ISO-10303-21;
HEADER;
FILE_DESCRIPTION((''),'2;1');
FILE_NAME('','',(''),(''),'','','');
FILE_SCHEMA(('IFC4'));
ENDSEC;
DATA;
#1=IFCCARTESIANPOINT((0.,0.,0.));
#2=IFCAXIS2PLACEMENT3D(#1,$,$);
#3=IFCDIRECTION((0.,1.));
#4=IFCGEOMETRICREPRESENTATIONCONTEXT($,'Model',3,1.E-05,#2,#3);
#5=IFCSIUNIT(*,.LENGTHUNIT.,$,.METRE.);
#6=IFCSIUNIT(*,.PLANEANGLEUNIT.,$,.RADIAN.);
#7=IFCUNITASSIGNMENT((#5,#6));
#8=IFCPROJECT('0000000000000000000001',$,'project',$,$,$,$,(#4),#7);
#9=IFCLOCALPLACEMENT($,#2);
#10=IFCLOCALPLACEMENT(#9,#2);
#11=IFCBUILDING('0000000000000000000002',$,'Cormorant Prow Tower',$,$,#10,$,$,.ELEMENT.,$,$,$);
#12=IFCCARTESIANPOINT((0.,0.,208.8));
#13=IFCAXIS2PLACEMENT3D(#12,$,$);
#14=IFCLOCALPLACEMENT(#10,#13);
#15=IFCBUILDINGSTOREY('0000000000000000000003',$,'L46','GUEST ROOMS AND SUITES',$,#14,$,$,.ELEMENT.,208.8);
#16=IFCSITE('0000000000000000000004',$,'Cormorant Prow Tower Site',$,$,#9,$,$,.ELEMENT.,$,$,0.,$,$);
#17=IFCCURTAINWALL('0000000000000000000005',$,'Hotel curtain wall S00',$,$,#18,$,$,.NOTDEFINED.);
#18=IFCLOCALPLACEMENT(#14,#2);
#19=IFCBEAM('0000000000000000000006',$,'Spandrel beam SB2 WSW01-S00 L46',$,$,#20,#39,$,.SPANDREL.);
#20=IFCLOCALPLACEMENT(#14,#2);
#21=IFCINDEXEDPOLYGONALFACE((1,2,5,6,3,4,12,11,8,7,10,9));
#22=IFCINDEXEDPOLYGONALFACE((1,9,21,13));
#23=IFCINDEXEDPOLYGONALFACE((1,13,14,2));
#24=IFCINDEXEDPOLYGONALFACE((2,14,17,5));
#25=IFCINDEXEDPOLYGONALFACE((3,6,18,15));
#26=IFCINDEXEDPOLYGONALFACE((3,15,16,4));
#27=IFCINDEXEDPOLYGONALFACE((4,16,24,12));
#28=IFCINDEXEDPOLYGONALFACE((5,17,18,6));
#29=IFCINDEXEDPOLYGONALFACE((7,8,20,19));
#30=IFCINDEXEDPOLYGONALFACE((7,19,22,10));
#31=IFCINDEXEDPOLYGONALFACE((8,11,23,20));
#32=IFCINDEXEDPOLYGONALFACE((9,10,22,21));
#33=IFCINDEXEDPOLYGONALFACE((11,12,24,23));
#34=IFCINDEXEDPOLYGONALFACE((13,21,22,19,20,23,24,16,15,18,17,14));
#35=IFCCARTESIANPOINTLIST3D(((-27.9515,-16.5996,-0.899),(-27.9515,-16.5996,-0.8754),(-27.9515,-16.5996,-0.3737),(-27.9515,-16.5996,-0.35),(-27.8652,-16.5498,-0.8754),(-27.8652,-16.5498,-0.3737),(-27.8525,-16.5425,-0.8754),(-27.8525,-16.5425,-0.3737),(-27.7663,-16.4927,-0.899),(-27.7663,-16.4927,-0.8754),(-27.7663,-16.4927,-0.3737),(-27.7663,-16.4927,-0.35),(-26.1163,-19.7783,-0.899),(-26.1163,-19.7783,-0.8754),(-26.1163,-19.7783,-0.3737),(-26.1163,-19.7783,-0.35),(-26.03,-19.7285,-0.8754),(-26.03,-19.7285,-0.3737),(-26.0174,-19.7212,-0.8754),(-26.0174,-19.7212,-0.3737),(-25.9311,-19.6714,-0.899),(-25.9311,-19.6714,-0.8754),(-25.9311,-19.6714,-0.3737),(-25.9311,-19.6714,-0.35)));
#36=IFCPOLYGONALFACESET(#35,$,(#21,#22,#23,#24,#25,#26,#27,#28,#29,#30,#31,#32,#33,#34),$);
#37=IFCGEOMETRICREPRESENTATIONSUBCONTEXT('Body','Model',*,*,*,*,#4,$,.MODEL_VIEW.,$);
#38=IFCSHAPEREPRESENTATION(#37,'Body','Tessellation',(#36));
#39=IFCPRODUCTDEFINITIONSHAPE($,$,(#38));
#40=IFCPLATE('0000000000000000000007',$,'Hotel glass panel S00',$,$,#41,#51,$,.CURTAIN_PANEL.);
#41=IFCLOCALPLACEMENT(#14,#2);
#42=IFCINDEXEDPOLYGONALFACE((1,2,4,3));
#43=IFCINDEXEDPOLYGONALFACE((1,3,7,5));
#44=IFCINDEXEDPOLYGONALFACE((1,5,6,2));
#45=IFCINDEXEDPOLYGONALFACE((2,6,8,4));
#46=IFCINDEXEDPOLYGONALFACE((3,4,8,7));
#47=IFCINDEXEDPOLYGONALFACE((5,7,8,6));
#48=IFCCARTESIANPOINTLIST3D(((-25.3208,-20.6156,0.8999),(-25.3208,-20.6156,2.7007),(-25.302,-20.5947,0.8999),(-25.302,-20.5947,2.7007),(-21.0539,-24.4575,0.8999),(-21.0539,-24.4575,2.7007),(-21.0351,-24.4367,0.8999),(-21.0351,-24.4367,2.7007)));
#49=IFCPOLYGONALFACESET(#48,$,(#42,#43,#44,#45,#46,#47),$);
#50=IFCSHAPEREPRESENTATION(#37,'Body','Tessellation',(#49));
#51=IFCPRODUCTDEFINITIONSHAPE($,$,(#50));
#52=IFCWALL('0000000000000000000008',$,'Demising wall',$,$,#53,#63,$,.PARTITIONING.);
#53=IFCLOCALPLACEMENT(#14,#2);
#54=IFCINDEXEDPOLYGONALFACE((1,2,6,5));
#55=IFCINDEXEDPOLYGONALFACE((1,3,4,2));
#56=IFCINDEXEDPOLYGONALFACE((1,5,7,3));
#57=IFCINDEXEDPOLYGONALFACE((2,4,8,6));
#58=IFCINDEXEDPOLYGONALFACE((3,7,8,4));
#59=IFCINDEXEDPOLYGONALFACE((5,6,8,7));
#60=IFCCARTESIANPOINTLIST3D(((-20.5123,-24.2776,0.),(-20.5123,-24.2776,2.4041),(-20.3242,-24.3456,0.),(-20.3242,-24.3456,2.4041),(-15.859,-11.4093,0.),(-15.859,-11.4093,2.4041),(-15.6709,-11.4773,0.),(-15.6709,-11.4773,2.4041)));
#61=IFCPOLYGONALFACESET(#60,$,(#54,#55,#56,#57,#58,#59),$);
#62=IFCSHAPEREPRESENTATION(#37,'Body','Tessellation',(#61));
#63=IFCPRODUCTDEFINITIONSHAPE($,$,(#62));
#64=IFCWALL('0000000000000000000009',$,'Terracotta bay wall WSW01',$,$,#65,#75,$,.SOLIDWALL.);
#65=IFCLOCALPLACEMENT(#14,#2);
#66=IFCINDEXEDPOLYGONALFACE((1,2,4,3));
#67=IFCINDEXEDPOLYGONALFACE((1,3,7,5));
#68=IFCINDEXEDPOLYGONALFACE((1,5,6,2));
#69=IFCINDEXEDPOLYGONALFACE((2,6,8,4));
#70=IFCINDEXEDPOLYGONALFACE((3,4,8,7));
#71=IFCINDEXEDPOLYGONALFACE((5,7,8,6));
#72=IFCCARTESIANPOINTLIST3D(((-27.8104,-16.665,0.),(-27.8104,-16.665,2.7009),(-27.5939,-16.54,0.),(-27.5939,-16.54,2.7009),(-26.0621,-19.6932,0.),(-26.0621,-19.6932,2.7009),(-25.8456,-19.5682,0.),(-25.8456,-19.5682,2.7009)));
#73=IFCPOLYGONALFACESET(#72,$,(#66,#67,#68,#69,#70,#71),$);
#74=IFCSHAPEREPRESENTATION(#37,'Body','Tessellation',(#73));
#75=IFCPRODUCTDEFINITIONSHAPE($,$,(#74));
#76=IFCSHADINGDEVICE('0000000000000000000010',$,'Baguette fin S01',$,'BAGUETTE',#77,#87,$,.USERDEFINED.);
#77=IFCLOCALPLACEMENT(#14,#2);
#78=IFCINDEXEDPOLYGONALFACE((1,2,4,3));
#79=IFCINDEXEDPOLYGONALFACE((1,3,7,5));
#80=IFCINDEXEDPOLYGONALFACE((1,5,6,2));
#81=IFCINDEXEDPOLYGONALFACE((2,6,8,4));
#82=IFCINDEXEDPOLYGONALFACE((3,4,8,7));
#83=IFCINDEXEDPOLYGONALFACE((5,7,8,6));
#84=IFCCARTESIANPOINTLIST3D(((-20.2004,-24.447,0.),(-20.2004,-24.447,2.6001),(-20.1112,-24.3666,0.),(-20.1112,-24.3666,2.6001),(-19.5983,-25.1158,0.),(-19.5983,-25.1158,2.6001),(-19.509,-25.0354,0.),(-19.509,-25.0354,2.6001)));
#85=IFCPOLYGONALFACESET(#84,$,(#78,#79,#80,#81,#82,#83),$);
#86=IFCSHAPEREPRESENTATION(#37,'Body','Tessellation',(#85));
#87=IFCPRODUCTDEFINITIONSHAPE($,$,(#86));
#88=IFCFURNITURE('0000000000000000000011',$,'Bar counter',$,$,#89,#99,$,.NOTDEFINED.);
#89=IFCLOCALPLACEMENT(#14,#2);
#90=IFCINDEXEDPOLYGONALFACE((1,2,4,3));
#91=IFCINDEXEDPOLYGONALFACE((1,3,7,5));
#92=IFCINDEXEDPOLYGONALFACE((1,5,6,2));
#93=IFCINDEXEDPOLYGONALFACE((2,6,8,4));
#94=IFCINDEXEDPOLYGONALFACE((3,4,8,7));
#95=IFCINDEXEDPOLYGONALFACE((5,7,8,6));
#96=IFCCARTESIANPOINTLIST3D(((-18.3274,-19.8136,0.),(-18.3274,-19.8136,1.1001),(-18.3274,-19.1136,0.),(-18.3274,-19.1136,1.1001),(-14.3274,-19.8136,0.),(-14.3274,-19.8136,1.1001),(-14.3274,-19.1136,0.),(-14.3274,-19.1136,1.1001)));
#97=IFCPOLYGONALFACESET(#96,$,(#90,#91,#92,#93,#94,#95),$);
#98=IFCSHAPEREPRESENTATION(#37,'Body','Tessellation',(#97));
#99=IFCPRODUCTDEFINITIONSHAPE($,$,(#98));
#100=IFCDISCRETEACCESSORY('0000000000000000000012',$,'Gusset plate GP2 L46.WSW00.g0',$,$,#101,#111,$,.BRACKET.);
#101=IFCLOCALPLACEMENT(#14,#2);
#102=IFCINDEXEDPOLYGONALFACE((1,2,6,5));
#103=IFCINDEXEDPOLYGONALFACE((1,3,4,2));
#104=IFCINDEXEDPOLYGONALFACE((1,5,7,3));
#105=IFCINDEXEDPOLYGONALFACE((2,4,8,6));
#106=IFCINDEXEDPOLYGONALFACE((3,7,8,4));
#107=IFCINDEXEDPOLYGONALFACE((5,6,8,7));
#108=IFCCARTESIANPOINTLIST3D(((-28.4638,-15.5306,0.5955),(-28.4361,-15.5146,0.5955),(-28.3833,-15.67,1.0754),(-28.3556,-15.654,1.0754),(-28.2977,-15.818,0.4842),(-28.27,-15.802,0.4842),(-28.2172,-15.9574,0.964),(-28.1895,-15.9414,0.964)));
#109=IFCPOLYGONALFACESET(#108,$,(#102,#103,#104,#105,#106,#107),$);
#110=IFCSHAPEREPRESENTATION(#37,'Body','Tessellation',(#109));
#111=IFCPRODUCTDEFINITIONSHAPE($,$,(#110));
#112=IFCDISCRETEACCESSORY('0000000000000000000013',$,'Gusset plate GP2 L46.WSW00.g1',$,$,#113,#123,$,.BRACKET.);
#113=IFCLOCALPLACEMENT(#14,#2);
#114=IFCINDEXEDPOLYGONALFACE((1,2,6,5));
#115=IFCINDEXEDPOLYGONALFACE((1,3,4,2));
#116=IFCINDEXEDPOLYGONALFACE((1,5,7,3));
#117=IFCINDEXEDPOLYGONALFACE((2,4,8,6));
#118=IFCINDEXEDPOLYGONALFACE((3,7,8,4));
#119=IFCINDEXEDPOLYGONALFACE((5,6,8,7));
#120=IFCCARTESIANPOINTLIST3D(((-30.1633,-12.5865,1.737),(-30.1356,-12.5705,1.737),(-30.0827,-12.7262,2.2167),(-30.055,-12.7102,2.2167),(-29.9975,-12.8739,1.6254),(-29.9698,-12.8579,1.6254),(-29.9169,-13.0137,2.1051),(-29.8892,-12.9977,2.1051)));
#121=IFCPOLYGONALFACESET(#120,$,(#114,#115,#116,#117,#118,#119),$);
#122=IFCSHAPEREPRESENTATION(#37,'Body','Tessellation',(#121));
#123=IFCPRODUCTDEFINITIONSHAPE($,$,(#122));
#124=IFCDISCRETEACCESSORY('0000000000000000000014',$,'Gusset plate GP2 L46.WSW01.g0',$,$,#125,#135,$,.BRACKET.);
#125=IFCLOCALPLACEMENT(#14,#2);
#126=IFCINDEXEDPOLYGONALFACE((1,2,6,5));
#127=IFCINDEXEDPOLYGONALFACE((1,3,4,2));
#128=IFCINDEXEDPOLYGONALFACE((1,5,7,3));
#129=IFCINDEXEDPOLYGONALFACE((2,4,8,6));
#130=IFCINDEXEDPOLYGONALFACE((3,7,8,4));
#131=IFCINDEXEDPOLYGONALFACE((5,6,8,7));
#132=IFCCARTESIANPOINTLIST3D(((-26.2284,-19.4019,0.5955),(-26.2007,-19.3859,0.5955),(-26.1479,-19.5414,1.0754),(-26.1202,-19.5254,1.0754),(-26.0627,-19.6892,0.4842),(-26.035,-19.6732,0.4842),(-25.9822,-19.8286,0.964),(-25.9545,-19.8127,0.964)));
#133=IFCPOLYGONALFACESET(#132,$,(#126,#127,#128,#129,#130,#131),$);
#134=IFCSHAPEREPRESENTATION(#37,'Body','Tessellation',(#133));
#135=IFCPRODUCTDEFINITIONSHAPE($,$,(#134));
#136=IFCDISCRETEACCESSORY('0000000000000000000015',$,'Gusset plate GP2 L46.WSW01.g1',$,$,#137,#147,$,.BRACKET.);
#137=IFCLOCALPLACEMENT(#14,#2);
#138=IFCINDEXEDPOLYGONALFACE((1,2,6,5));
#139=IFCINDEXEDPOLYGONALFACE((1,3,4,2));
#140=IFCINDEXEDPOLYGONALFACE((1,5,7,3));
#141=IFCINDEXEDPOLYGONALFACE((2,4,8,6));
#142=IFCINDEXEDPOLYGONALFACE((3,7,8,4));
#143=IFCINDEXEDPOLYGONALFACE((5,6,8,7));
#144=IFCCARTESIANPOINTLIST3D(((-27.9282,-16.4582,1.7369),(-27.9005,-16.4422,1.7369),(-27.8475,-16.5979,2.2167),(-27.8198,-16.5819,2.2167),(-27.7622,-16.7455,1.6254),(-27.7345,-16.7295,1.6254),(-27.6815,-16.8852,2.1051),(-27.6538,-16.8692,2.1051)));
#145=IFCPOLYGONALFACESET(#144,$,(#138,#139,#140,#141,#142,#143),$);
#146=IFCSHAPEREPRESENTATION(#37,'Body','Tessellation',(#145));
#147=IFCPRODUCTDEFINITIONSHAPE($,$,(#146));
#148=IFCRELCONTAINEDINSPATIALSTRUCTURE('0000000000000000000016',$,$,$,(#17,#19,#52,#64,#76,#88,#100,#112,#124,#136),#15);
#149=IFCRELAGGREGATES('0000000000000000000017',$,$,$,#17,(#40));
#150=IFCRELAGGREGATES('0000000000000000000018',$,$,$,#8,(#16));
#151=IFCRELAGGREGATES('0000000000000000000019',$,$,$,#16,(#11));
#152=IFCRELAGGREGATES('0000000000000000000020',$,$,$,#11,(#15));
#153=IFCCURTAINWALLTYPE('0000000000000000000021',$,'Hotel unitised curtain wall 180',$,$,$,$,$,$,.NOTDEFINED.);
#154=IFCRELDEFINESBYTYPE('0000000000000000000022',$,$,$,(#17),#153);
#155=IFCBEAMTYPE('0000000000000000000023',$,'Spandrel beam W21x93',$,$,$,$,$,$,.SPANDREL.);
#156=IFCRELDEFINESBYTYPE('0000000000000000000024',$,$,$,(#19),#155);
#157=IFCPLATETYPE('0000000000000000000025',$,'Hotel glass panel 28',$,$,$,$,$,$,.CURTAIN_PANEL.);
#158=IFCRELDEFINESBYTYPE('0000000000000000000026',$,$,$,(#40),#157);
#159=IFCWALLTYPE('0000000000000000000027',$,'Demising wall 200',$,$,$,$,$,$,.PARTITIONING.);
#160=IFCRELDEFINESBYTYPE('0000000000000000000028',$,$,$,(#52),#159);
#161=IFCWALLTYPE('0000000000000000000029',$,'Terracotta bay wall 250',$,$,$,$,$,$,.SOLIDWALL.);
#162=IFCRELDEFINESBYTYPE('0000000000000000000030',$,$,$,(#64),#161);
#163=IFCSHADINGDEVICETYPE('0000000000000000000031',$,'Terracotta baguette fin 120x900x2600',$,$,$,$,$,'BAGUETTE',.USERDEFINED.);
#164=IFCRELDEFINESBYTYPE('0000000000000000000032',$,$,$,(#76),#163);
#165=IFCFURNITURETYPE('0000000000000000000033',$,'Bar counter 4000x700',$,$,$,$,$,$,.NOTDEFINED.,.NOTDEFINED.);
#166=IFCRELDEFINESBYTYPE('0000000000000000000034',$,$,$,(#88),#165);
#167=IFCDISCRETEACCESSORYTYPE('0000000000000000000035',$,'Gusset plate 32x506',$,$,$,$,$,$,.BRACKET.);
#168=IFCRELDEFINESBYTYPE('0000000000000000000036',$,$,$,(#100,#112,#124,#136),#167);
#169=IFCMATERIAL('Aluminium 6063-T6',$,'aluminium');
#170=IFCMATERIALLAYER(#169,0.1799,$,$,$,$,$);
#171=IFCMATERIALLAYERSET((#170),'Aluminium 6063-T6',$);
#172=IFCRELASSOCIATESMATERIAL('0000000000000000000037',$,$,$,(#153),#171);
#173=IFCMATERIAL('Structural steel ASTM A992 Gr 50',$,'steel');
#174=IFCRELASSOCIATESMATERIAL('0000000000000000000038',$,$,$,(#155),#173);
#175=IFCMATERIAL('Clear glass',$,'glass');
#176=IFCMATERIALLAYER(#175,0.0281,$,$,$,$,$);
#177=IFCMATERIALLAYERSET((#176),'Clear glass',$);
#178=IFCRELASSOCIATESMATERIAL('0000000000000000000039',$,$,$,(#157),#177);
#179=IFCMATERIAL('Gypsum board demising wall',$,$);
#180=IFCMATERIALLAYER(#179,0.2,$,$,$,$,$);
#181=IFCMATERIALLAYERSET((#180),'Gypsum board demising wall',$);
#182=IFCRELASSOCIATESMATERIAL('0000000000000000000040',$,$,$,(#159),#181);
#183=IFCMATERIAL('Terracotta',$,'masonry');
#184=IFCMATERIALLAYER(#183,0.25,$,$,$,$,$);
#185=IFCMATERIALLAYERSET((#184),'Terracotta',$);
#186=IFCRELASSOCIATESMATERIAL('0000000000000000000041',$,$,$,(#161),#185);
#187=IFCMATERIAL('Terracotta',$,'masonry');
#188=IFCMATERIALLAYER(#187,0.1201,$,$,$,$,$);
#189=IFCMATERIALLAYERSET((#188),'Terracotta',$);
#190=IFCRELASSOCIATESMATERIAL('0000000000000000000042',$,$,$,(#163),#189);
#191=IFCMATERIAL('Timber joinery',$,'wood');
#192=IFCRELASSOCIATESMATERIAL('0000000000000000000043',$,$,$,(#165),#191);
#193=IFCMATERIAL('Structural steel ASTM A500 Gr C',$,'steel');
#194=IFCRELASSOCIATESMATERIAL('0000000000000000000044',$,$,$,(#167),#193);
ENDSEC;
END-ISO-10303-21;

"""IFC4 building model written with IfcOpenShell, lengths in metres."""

from ifc_helpers import new_model, si_unit, direction, frame, frame_2d, origin, origin_2d, place, context, subcontext, project, spatial, rectangle, i_section, extrude, material, layer, layer_set, material_profile, profile_set, type_object, element, aggregate, save


model = new_model("IFC4")

# Units and contexts
model_context = context("Model", 3, precision=1e-05, world=origin(), true_north=direction((0.0, 1.0)))
body_context = subcontext(model_context, "Body", "Model", "MODEL_VIEW")
ifc_project = project(units=[si_unit("LENGTHUNIT", "METRE"), si_unit("PLANEANGLEUNIT", "RADIAN")], contexts=[model_context])

# Site, building, storey
site_placement = place(None, origin())
site = spatial("IfcSite", under=ifc_project, at=site_placement, Name="Cormorant Prow Tower Site", CompositionType="ELEMENT", RefElevation=0.0)
building_placement = place(site_placement, origin())
building = spatial("IfcBuilding", under=site, at=building_placement, Name="Cormorant Prow Tower", CompositionType="ELEMENT")
storey_placement = place(building_placement, frame((0.0, 0.0, 208.8)))
storey = spatial("IfcBuildingStorey", under=building, at=storey_placement, Name="L46", Description="GUEST ROOMS AND SUITES", CompositionType="ELEMENT", Elevation=208.8)

# Curtain wall
ifc_material_1 = material(Name="Aluminium 6063-T6", Category="aluminium")
ifc_layer_1 = layer(ifc_material_1, 0.1799)
ifc_layer_set_1 = layer_set([ifc_layer_1], Name="Aluminium 6063-T6")
curtain_wall_type = type_object("IfcCurtainWallType", Name="Hotel unitised curtain wall 180", PredefinedType="NOTDEFINED", material=ifc_layer_set_1)
curtain_wall_placement = place(storey_placement, origin())
curtain_wall = element("IfcCurtainWall", 1, at=curtain_wall_placement, inside=storey, type_object=curtain_wall_type, Name="Hotel curtain wall S00", PredefinedType="NOTDEFINED")

# Beam
ifc_material_2 = material(Name="Structural steel ASTM A992 Gr 50", Category="steel")
ifc_material_profile_1 = material_profile(ifc_material_2, i_section(OverallWidth=0.2139, OverallDepth=0.5491, WebThickness=0.0146, FlangeThickness=0.0237, at=origin_2d()), Name="W21x93")
ifc_profile_set_1 = profile_set([ifc_material_profile_1], Name="Structural steel ASTM A992 Gr 50")
beam_type = type_object("IfcBeamType", Name="Spandrel beam W21x93", PredefinedType="SPANDREL", material=ifc_profile_set_1)
for number, where, z_axis, x_axis, name in (
    (2, (-27.8589, -16.5461, -0.6245), (0.499995, -0.866028, 0.0), (0.866028, 0.499995, 0.0), "Spandrel beam SB2 WSW01-S00 L46"),
):
    element("IfcBeam", number, at=place(storey_placement, frame(where, z_axis=z_axis, x_axis=x_axis)), inside=storey, type_object=beam_type, Name=name, PredefinedType="SPANDREL", context=body_context, shape_type="SweptSolid", body=[
        extrude(i_section(OverallWidth=0.2139, OverallDepth=0.5491, WebThickness=0.0146, FlangeThickness=0.0237, at=origin_2d()), origin(), (0.0, 0.0, 1.0), 3.6704),
    ])

# Plate
ifc_material_3 = material(Name="Clear glass", Category="glass")
ifc_layer_2 = layer(ifc_material_3, 0.0281)
ifc_layer_set_2 = layer_set([ifc_layer_2], Name="Clear glass")
plate_type = type_object("IfcPlateType", Name="Hotel glass panel 28", PredefinedType="CURTAIN_PANEL", material=ifc_layer_set_2)
plate_placement = place(storey_placement, frame((-23.178, -22.5261, 0.8999), z_axis=(0.0, 0.0, 1.0), x_axis=(0.743145, -0.669131, 0.0)))
plate = element("IfcPlate", 3, at=plate_placement, type_object=plate_type, Name="Hotel glass panel S00", PredefinedType="CURTAIN_PANEL", context=body_context, shape_type="SweptSolid", body=[
    extrude(rectangle(XDim=5.7417, YDim=0.0281, at=origin_2d()), origin(), (0.0, 0.0, 1.0), 1.8008),
])
aggregate(curtain_wall, [plate])

# Walls
ifc_material_4 = material(Name="Gypsum board demising wall")
ifc_layer_3 = layer(ifc_material_4, 0.2)
ifc_layer_set_3 = layer_set([ifc_layer_3], Name="Gypsum board demising wall")
wall_type_1 = type_object("IfcWallType", Name="Demising wall 200", PredefinedType="PARTITIONING", material=ifc_layer_set_3)
wall_1_placement = place(storey_placement, frame((-20.4182, -24.3115, 0.0), z_axis=(0.0, 0.0, 1.0), x_axis=(0.340058, 0.940405, 0.0)))
element("IfcWall", 4, at=wall_1_placement, inside=storey, type_object=wall_type_1, Name="Demising wall", PredefinedType="PARTITIONING", context=body_context, shape_type="SweptSolid", body=[
    extrude(rectangle(XDim=13.6838, YDim=0.2, at=frame_2d((6.8418, 0.0))), origin(), (0.0, 0.0, 1.0), 2.4041),
])
ifc_material_5 = material(Name="Terracotta", Category="masonry")
ifc_layer_4 = layer(ifc_material_5, 0.25)
ifc_layer_set_4 = layer_set([ifc_layer_4], Name="Terracotta")
wall_type_2 = type_object("IfcWallType", Name="Terracotta bay wall 250", PredefinedType="SOLIDWALL", material=ifc_layer_set_4)
wall_2_placement = place(storey_placement, frame((-27.7021, -16.6025, 0.0), z_axis=(0.0, 0.0, 1.0), x_axis=(0.500007, -0.866022, 0.0)))
element("IfcWall", 5, at=wall_2_placement, inside=storey, type_object=wall_type_2, Name="Terracotta bay wall WSW01", PredefinedType="SOLIDWALL", context=body_context, shape_type="SweptSolid", body=[
    extrude(rectangle(XDim=3.4966, YDim=0.25, at=frame_2d((1.7483, 0.0))), origin(), (0.0, 0.0, 1.0), 2.7009),
])

# Shading device
ifc_material_6 = material(Name="Terracotta", Category="masonry")
ifc_layer_5 = layer(ifc_material_6, 0.1201)
ifc_layer_set_5 = layer_set([ifc_layer_5], Name="Terracotta")
shading_device_type = type_object("IfcShadingDeviceType", Name="Terracotta baguette fin 120x900x2600", ElementType="BAGUETTE", PredefinedType="USERDEFINED", material=ifc_layer_set_5)
shading_device_placement = place(storey_placement, frame((-19.8547, -24.7412, 0.0), z_axis=(0.0, 0.0, 1.0), x_axis=(0.743145, 0.669131, 0.0)))
element("IfcShadingDevice", 6, at=shading_device_placement, inside=storey, type_object=shading_device_type, Name="Baguette fin S01", ObjectType="BAGUETTE", PredefinedType="USERDEFINED", context=body_context, shape_type="SweptSolid", body=[
    extrude(rectangle(XDim=0.1201, YDim=0.8999, at=origin_2d()), origin(), (0.0, 0.0, 1.0), 2.6001),
])

# Furniture
ifc_material_7 = material(Name="Timber joinery", Category="wood")
furniture_type = type_object("IfcFurnitureType", Name="Bar counter 4000x700", AssemblyPlace="NOTDEFINED", PredefinedType="NOTDEFINED", material=ifc_material_7)
furniture_placement = place(storey_placement, frame((-16.3274, -19.4636, 0.0), z_axis=(0.0, 0.0, 1.0), x_axis=(1.0, 0.0, 0.0)))
element("IfcFurniture", 7, at=furniture_placement, inside=storey, type_object=furniture_type, Name="Bar counter", PredefinedType="NOTDEFINED", context=body_context, shape_type="SweptSolid", body=[
    extrude(rectangle(XDim=4.0, YDim=0.7, at=origin_2d()), origin(), (0.0, 0.0, 1.0), 1.1001),
])

# Discrete accessories
ifc_material_8 = material(Name="Structural steel ASTM A500 Gr C", Category="steel")
ifc_material_profile_2 = material_profile(ifc_material_8, rectangle(XDim=0.032, YDim=0.5061, at=origin_2d()), Name="Gusset plate 32x506")
ifc_profile_set_2 = profile_set([ifc_material_profile_2], Name="Structural steel ASTM A500 Gr C")
discrete_accessory_type = type_object("IfcDiscreteAccessoryType", Name="Gusset plate 32x506", PredefinedType="BRACKET", material=ifc_profile_set_2)
for number, where, z_axis, x_axis, name in (
    (8, (-28.4097, -15.5923, 0.8354), (0.474278, -0.820919, -0.318045), (0.865879, 0.500253, 0.0), "Gusset plate GP2 L46.WSW00.g0"),
    (9, (-29.9434, -12.9358, 1.8652), (-0.473632, 0.821008, 0.318777), (-0.866198, -0.499701, 0.0), "Gusset plate GP2 L46.WSW00.g1"),
):
    element("IfcDiscreteAccessory", number, at=place(storey_placement, frame(where, z_axis=z_axis, x_axis=x_axis)), inside=storey, type_object=discrete_accessory_type, Name=name, PredefinedType="BRACKET", context=body_context, shape_type="SweptSolid", body=[
        extrude(rectangle(XDim=0.032, YDim=0.5061, at=origin_2d()), origin(), (0.0, 0.0, 1.0), 0.3501),
    ])
discrete_accessory_1_placement = place(storey_placement, frame((-26.1743, -19.4636, 0.8354), z_axis=(0.473737, -0.82119, -0.31815), x_axis=(0.866198, 0.499701, 0.0)))
element("IfcDiscreteAccessory", 10, at=discrete_accessory_1_placement, inside=storey, type_object=discrete_accessory_type, Name="Gusset plate GP2 L46.WSW01.g0", PredefinedType="BRACKET", context=body_context, shape_type="SweptSolid", body=[
    extrude(rectangle(XDim=0.032, YDim=0.5061, at=origin_2d()), origin(), (0.0, 0.0, 1.0), 0.3499),
])
discrete_accessory_2_placement = place(storey_placement, frame((-27.708, -16.8074, 1.8652), z_axis=(-0.474172, 0.820737, 0.318672), x_axis=(-0.865879, -0.500253, 0.0)))
element("IfcDiscreteAccessory", 11, at=discrete_accessory_2_placement, inside=storey, type_object=discrete_accessory_type, Name="Gusset plate GP2 L46.WSW01.g1", PredefinedType="BRACKET", context=body_context, shape_type="SweptSolid", body=[
    extrude(rectangle(XDim=0.032, YDim=0.5061, at=origin_2d()), origin(), (0.0, 0.0, 1.0), 0.3501),
])

save(model, "model.ifc")
